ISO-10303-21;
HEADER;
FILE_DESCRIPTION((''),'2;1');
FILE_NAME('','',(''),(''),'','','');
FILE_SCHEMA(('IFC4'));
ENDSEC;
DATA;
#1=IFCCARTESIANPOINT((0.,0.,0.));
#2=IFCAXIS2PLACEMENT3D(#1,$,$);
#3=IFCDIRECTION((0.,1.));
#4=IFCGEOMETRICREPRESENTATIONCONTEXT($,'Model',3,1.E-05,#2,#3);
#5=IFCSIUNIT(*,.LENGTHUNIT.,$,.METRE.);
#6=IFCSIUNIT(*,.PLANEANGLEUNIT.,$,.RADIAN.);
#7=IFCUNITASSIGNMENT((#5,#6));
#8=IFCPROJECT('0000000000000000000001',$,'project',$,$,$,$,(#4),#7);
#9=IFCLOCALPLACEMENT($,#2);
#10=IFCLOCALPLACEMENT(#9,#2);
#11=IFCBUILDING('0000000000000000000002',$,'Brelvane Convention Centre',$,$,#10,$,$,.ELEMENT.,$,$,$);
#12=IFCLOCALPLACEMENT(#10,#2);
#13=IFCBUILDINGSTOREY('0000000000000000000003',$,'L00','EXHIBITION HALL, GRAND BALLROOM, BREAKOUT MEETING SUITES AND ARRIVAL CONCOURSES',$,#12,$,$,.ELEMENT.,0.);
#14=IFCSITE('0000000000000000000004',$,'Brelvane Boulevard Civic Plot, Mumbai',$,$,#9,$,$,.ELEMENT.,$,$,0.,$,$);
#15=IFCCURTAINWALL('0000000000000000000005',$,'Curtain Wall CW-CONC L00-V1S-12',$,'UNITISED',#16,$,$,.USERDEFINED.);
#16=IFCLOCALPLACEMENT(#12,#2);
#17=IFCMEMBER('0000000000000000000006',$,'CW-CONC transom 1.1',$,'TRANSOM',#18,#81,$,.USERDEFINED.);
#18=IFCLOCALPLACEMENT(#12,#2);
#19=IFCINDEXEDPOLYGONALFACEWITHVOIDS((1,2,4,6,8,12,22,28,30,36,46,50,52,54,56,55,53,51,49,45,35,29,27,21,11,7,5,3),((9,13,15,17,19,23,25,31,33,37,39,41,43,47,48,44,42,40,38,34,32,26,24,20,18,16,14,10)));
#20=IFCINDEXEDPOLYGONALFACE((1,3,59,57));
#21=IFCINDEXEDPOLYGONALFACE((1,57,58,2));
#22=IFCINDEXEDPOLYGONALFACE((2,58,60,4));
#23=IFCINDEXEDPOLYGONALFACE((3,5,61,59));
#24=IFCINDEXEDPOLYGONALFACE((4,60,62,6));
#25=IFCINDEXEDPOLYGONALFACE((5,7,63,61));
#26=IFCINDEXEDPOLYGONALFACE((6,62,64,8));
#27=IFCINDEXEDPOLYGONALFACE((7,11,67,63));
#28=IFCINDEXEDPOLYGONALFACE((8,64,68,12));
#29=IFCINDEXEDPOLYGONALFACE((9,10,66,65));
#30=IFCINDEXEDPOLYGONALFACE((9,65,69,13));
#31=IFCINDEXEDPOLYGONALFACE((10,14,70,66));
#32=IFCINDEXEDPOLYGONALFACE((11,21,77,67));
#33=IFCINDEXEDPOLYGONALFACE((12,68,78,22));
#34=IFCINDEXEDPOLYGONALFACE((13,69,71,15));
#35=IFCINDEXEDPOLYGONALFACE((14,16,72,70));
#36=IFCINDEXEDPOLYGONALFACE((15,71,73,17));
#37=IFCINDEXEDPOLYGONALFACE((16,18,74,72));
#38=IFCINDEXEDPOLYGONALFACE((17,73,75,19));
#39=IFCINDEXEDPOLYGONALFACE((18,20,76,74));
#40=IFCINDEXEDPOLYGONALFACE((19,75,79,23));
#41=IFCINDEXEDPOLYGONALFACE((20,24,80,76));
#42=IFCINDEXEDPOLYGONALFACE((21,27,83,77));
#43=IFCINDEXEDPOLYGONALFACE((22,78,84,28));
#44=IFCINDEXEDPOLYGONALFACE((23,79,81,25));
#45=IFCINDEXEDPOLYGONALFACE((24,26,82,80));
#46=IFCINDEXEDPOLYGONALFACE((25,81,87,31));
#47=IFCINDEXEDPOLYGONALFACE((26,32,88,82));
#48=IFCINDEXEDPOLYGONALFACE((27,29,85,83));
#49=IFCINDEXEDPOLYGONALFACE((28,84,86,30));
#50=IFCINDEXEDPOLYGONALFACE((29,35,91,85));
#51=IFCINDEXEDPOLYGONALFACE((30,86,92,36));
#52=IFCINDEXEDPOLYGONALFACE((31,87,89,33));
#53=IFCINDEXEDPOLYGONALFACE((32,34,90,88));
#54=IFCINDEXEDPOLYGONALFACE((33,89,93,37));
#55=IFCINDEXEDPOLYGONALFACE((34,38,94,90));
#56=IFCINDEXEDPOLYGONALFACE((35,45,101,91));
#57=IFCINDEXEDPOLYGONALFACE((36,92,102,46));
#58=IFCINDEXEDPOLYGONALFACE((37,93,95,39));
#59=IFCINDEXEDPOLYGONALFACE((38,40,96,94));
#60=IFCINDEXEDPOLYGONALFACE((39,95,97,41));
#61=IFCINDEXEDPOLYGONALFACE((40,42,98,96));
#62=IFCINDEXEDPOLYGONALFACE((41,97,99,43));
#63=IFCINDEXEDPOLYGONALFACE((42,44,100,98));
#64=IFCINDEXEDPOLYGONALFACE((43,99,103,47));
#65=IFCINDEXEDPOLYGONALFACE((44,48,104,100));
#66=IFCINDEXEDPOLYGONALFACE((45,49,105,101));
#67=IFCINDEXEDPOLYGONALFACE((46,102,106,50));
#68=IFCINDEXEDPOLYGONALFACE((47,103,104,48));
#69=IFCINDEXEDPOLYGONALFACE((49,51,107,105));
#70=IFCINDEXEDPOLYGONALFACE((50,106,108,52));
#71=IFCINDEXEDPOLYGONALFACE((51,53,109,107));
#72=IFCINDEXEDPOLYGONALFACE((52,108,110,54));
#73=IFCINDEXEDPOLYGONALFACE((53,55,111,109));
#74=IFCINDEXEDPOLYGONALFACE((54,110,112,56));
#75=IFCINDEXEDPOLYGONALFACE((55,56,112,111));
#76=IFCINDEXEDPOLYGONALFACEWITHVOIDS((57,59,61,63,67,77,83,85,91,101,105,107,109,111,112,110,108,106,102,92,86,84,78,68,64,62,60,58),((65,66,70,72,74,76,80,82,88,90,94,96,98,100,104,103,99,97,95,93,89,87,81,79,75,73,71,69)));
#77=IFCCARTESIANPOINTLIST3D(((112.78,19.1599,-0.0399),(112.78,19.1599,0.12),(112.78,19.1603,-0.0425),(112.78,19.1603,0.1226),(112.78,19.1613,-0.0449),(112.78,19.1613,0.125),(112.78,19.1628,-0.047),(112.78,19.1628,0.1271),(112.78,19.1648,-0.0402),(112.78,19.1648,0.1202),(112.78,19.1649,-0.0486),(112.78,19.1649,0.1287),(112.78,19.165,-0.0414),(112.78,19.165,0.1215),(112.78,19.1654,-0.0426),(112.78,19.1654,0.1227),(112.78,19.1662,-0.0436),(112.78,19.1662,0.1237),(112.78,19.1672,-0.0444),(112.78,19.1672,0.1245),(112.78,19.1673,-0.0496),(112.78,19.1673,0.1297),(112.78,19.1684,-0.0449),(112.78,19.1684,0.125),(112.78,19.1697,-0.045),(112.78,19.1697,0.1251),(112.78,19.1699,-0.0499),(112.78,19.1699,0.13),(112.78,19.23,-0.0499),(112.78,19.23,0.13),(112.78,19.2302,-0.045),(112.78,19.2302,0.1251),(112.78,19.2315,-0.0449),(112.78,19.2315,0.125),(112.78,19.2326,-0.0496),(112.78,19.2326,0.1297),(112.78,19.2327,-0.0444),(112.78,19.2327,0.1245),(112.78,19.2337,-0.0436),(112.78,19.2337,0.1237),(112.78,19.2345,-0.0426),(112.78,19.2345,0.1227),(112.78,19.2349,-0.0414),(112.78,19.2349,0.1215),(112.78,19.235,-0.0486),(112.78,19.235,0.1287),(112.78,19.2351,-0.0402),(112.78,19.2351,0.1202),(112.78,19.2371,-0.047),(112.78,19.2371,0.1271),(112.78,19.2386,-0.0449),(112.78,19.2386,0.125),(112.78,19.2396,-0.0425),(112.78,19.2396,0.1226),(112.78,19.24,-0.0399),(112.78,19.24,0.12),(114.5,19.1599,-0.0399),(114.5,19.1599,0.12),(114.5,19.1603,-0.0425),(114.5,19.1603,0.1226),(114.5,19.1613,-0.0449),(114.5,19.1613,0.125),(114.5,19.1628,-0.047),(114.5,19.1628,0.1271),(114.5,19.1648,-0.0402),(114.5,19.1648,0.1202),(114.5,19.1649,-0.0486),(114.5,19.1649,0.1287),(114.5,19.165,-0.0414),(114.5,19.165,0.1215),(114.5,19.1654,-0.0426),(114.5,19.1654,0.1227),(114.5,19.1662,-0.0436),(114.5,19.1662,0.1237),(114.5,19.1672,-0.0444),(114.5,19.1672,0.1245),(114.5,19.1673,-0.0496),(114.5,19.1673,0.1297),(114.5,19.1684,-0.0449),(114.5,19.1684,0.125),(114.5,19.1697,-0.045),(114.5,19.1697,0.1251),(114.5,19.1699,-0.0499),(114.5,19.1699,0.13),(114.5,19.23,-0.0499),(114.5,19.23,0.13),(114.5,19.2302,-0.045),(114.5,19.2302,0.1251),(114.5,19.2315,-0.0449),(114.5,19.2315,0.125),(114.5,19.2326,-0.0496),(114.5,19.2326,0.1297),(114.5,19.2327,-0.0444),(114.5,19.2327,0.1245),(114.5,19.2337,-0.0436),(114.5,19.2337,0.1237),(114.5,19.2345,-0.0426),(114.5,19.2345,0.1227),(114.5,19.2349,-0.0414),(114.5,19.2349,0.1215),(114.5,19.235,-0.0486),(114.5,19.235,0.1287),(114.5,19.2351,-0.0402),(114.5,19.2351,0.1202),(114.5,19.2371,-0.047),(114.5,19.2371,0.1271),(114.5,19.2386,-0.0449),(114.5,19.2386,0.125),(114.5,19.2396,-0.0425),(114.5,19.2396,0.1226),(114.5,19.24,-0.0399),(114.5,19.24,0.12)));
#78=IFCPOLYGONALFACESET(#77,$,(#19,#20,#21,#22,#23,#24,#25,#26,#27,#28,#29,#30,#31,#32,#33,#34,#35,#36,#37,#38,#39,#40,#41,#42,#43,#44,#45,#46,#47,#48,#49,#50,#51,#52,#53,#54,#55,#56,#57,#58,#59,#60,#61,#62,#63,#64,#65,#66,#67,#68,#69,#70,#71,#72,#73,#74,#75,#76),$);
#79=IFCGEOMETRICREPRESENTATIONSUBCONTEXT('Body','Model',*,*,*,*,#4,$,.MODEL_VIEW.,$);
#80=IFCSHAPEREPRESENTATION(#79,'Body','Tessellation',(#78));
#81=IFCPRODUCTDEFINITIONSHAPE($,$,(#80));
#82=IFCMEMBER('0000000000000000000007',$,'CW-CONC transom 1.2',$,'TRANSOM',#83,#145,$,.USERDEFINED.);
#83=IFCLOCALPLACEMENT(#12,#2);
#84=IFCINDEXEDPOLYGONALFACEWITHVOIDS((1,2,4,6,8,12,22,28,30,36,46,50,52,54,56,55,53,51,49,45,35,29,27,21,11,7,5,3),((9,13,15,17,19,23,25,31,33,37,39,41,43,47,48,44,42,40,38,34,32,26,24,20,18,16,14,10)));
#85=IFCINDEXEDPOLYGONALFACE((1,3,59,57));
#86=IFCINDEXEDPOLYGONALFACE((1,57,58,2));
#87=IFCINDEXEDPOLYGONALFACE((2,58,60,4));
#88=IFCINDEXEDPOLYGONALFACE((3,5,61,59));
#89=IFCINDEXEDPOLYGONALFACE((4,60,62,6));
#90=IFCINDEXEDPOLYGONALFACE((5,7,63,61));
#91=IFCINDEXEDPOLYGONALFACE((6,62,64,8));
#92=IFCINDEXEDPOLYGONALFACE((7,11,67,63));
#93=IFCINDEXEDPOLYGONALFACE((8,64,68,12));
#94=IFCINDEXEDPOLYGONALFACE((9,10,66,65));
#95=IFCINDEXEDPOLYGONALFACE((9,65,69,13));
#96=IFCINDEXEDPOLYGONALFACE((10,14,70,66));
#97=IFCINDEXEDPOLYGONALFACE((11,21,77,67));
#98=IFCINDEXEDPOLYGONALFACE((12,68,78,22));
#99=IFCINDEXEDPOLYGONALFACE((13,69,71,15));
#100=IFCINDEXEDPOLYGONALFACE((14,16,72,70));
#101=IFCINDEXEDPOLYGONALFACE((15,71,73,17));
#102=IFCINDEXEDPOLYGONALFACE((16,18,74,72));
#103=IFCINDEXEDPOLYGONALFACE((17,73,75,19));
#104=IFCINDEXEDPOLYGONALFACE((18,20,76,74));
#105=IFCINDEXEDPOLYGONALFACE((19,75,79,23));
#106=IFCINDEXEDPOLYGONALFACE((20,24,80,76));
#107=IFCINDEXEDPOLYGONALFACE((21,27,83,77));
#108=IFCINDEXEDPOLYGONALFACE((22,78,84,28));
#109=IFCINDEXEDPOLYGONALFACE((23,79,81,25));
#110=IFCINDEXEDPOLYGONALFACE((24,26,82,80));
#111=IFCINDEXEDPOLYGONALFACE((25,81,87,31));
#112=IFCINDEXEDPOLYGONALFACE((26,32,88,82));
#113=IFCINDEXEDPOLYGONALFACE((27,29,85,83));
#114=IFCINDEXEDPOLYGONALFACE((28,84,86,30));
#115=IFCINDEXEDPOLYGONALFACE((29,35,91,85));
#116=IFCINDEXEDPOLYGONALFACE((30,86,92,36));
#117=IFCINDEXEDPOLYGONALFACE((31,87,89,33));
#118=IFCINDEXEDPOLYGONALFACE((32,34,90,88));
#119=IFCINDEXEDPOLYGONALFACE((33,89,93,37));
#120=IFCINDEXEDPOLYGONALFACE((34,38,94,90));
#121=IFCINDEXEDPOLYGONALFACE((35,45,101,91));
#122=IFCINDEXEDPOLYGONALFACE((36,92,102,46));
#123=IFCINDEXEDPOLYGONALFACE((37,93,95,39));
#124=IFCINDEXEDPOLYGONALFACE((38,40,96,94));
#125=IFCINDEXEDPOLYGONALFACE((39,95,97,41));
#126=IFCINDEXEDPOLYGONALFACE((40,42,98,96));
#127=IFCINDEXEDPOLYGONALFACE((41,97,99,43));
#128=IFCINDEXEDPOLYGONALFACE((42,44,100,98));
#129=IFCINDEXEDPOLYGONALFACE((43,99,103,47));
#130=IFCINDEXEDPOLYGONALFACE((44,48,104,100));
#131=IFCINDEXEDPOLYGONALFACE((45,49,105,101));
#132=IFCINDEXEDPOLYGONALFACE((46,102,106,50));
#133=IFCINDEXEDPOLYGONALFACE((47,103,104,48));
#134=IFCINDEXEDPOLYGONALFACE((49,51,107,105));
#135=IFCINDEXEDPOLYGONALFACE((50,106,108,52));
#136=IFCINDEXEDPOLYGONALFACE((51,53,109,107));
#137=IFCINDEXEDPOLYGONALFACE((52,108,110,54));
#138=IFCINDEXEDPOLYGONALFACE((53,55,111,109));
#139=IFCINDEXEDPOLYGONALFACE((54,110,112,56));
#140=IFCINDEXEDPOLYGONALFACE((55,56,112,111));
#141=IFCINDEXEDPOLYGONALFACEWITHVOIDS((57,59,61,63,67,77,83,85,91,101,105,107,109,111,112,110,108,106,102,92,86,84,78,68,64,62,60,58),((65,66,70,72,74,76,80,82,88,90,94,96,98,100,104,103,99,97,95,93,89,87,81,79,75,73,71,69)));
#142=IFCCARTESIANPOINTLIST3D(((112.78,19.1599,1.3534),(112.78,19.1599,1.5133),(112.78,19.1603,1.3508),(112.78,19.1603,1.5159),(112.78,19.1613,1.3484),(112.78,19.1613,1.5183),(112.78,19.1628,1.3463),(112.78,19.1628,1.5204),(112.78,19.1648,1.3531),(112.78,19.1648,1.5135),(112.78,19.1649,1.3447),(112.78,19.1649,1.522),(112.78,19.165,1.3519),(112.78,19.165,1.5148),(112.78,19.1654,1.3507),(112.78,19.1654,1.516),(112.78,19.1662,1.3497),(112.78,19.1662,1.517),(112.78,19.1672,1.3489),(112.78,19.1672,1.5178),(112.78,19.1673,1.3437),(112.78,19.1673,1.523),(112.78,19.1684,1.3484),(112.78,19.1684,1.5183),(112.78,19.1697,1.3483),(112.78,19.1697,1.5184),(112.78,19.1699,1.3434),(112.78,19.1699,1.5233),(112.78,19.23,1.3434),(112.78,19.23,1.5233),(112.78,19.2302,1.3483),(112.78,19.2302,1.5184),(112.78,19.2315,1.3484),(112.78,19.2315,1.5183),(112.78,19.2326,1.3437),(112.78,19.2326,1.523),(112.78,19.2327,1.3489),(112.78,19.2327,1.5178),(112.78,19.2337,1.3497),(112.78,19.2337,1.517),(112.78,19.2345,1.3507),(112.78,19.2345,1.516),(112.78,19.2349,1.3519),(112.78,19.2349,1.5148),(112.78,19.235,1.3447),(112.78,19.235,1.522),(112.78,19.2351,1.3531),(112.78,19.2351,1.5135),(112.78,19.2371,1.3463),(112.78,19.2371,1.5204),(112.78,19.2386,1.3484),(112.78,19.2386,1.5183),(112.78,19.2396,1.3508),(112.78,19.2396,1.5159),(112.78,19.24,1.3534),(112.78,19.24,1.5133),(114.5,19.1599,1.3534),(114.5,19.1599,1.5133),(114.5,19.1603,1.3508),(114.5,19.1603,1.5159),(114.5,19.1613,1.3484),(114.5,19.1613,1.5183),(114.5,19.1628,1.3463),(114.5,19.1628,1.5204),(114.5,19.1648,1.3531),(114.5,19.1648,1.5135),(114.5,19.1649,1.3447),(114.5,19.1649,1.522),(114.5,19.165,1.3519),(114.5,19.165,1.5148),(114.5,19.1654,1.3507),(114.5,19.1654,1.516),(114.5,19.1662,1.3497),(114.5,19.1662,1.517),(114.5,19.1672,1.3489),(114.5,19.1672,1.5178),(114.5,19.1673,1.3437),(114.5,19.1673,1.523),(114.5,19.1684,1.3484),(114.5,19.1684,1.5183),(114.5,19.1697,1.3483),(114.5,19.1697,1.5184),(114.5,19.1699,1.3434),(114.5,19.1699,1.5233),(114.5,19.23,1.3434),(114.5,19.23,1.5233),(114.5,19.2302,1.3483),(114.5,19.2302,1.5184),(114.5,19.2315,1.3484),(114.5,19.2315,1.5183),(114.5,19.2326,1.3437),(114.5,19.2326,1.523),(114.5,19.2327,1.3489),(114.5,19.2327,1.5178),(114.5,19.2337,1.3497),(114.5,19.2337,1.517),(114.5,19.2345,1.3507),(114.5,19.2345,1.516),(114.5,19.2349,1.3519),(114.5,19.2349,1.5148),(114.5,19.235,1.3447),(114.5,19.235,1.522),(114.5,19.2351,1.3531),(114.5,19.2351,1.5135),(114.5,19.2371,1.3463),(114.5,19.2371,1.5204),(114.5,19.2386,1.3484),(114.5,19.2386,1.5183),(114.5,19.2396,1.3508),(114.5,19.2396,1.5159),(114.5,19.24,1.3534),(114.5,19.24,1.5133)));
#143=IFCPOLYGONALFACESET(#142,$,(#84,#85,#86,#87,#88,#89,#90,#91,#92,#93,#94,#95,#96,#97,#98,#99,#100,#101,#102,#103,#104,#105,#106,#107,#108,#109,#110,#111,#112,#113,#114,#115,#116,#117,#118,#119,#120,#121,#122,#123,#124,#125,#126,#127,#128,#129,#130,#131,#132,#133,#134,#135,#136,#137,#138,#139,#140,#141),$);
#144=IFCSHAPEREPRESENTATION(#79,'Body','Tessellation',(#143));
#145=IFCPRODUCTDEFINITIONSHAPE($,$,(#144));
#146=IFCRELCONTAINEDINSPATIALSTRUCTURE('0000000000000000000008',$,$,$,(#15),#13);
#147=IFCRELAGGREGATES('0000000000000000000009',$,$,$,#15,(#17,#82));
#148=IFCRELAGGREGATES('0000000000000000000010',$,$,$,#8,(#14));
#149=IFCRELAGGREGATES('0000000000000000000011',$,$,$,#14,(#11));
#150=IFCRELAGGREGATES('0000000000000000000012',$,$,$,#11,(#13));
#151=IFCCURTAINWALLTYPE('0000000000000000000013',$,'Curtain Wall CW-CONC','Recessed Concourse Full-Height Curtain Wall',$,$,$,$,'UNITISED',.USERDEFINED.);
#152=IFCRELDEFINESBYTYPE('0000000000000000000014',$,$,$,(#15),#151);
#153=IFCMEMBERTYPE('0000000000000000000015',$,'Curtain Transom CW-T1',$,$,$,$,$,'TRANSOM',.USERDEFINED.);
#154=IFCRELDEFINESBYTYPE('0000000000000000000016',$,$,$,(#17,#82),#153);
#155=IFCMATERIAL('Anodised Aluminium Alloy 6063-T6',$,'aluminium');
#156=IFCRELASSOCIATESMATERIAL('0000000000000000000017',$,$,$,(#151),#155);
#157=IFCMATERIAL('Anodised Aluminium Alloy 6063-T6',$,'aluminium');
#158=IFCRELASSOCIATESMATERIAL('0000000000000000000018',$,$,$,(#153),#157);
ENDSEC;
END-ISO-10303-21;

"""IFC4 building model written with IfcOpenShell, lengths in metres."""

from ifc_helpers import new_model, si_unit, direction, frame, origin, origin_2d, place, context, subcontext, project, spatial, hollow_rectangle, extrude, material, material_profile, profile_set, type_object, element, aggregate, save


model = new_model("IFC4")

# Units and contexts
model_context = context("Model", 3, precision=1e-05, world=origin(), true_north=direction((0.0, 1.0)))
body_context = subcontext(model_context, "Body", "Model", "MODEL_VIEW")
ifc_project = project(units=[si_unit("LENGTHUNIT", "METRE"), si_unit("PLANEANGLEUNIT", "RADIAN")], contexts=[model_context])

# Site, building, storey
site_placement = place(None, origin())
site = spatial("IfcSite", under=ifc_project, at=site_placement, Name="Brelvane Boulevard Civic Plot, Mumbai", CompositionType="ELEMENT", RefElevation=0.0)
building_placement = place(site_placement, origin())
building = spatial("IfcBuilding", under=site, at=building_placement, Name="Brelvane Convention Centre", CompositionType="ELEMENT")
storey_placement = place(building_placement, origin())
storey = spatial("IfcBuildingStorey", under=building, at=storey_placement, Name="L00", Description="EXHIBITION HALL, GRAND BALLROOM, BREAKOUT MEETING SUITES AND ARRIVAL CONCOURSES", CompositionType="ELEMENT", Elevation=0.0)

# Curtain wall, members
ifc_material_1 = material(Name="Anodised Aluminium Alloy 6063-T6", Category="aluminium")
curtain_wall_type = type_object("IfcCurtainWallType", Name="Curtain Wall CW-CONC", Description="Recessed Concourse Full-Height Curtain Wall", ElementType="UNITISED", PredefinedType="USERDEFINED", material=ifc_material_1)
curtain_wall_placement = place(storey_placement, origin())
curtain_wall = element("IfcCurtainWall", 1, at=curtain_wall_placement, inside=storey, type_object=curtain_wall_type, Name="Curtain Wall CW-CONC L00-V1S-12", ObjectType="UNITISED", PredefinedType="USERDEFINED")
ifc_material_2 = material(Name="Anodised Aluminium Alloy 6063-T6", Category="aluminium")
ifc_material_profile_1 = material_profile(ifc_material_2, hollow_rectangle(XDim=0.0801, YDim=0.1799, WallThickness=0.0049, InnerFilletRadius=0.0049, OuterFilletRadius=0.01, at=origin_2d()), Name="ALU-T 180x80x5.0")
ifc_profile_set_1 = profile_set([ifc_material_profile_1], Name="Anodised Aluminium Alloy 6063-T6")
member_type_1 = type_object("IfcMemberType", Name="Curtain Transom CW-T1", ElementType="TRANSOM", PredefinedType="USERDEFINED", material=ifc_profile_set_1)
member_1_placement = place(storey_placement, frame((112.78, 19.2, 0.04), z_axis=(1.0, 0.0, 0.0), x_axis=(0.0, 1.0, 0.0)))
member_1 = element("IfcMember", 2, at=member_1_placement, type_object=member_type_1, Name="CW-CONC transom 1.1", ObjectType="TRANSOM", PredefinedType="USERDEFINED", context=body_context, shape_type="SweptSolid", body=[
    extrude(hollow_rectangle(XDim=0.0801, YDim=0.1799, WallThickness=0.0049, InnerFilletRadius=0.0049, OuterFilletRadius=0.01, at=origin_2d()), origin(), (0.0, 0.0, 1.0), 1.72),
])
member_2_placement = place(storey_placement, frame((112.78, 19.2, 1.4333), z_axis=(1.0, 0.0, 0.0), x_axis=(0.0, 1.0, 0.0)))
member_2 = element("IfcMember", 3, at=member_2_placement, type_object=member_type_1, Name="CW-CONC transom 1.2", ObjectType="TRANSOM", PredefinedType="USERDEFINED", context=body_context, shape_type="SweptSolid", body=[
    extrude(hollow_rectangle(XDim=0.0801, YDim=0.1799, WallThickness=0.0049, InnerFilletRadius=0.0049, OuterFilletRadius=0.01, at=origin_2d()), origin(), (0.0, 0.0, 1.0), 1.72),
])

aggregate(curtain_wall, [member_1, member_2])

save(model, "model.ifc")
